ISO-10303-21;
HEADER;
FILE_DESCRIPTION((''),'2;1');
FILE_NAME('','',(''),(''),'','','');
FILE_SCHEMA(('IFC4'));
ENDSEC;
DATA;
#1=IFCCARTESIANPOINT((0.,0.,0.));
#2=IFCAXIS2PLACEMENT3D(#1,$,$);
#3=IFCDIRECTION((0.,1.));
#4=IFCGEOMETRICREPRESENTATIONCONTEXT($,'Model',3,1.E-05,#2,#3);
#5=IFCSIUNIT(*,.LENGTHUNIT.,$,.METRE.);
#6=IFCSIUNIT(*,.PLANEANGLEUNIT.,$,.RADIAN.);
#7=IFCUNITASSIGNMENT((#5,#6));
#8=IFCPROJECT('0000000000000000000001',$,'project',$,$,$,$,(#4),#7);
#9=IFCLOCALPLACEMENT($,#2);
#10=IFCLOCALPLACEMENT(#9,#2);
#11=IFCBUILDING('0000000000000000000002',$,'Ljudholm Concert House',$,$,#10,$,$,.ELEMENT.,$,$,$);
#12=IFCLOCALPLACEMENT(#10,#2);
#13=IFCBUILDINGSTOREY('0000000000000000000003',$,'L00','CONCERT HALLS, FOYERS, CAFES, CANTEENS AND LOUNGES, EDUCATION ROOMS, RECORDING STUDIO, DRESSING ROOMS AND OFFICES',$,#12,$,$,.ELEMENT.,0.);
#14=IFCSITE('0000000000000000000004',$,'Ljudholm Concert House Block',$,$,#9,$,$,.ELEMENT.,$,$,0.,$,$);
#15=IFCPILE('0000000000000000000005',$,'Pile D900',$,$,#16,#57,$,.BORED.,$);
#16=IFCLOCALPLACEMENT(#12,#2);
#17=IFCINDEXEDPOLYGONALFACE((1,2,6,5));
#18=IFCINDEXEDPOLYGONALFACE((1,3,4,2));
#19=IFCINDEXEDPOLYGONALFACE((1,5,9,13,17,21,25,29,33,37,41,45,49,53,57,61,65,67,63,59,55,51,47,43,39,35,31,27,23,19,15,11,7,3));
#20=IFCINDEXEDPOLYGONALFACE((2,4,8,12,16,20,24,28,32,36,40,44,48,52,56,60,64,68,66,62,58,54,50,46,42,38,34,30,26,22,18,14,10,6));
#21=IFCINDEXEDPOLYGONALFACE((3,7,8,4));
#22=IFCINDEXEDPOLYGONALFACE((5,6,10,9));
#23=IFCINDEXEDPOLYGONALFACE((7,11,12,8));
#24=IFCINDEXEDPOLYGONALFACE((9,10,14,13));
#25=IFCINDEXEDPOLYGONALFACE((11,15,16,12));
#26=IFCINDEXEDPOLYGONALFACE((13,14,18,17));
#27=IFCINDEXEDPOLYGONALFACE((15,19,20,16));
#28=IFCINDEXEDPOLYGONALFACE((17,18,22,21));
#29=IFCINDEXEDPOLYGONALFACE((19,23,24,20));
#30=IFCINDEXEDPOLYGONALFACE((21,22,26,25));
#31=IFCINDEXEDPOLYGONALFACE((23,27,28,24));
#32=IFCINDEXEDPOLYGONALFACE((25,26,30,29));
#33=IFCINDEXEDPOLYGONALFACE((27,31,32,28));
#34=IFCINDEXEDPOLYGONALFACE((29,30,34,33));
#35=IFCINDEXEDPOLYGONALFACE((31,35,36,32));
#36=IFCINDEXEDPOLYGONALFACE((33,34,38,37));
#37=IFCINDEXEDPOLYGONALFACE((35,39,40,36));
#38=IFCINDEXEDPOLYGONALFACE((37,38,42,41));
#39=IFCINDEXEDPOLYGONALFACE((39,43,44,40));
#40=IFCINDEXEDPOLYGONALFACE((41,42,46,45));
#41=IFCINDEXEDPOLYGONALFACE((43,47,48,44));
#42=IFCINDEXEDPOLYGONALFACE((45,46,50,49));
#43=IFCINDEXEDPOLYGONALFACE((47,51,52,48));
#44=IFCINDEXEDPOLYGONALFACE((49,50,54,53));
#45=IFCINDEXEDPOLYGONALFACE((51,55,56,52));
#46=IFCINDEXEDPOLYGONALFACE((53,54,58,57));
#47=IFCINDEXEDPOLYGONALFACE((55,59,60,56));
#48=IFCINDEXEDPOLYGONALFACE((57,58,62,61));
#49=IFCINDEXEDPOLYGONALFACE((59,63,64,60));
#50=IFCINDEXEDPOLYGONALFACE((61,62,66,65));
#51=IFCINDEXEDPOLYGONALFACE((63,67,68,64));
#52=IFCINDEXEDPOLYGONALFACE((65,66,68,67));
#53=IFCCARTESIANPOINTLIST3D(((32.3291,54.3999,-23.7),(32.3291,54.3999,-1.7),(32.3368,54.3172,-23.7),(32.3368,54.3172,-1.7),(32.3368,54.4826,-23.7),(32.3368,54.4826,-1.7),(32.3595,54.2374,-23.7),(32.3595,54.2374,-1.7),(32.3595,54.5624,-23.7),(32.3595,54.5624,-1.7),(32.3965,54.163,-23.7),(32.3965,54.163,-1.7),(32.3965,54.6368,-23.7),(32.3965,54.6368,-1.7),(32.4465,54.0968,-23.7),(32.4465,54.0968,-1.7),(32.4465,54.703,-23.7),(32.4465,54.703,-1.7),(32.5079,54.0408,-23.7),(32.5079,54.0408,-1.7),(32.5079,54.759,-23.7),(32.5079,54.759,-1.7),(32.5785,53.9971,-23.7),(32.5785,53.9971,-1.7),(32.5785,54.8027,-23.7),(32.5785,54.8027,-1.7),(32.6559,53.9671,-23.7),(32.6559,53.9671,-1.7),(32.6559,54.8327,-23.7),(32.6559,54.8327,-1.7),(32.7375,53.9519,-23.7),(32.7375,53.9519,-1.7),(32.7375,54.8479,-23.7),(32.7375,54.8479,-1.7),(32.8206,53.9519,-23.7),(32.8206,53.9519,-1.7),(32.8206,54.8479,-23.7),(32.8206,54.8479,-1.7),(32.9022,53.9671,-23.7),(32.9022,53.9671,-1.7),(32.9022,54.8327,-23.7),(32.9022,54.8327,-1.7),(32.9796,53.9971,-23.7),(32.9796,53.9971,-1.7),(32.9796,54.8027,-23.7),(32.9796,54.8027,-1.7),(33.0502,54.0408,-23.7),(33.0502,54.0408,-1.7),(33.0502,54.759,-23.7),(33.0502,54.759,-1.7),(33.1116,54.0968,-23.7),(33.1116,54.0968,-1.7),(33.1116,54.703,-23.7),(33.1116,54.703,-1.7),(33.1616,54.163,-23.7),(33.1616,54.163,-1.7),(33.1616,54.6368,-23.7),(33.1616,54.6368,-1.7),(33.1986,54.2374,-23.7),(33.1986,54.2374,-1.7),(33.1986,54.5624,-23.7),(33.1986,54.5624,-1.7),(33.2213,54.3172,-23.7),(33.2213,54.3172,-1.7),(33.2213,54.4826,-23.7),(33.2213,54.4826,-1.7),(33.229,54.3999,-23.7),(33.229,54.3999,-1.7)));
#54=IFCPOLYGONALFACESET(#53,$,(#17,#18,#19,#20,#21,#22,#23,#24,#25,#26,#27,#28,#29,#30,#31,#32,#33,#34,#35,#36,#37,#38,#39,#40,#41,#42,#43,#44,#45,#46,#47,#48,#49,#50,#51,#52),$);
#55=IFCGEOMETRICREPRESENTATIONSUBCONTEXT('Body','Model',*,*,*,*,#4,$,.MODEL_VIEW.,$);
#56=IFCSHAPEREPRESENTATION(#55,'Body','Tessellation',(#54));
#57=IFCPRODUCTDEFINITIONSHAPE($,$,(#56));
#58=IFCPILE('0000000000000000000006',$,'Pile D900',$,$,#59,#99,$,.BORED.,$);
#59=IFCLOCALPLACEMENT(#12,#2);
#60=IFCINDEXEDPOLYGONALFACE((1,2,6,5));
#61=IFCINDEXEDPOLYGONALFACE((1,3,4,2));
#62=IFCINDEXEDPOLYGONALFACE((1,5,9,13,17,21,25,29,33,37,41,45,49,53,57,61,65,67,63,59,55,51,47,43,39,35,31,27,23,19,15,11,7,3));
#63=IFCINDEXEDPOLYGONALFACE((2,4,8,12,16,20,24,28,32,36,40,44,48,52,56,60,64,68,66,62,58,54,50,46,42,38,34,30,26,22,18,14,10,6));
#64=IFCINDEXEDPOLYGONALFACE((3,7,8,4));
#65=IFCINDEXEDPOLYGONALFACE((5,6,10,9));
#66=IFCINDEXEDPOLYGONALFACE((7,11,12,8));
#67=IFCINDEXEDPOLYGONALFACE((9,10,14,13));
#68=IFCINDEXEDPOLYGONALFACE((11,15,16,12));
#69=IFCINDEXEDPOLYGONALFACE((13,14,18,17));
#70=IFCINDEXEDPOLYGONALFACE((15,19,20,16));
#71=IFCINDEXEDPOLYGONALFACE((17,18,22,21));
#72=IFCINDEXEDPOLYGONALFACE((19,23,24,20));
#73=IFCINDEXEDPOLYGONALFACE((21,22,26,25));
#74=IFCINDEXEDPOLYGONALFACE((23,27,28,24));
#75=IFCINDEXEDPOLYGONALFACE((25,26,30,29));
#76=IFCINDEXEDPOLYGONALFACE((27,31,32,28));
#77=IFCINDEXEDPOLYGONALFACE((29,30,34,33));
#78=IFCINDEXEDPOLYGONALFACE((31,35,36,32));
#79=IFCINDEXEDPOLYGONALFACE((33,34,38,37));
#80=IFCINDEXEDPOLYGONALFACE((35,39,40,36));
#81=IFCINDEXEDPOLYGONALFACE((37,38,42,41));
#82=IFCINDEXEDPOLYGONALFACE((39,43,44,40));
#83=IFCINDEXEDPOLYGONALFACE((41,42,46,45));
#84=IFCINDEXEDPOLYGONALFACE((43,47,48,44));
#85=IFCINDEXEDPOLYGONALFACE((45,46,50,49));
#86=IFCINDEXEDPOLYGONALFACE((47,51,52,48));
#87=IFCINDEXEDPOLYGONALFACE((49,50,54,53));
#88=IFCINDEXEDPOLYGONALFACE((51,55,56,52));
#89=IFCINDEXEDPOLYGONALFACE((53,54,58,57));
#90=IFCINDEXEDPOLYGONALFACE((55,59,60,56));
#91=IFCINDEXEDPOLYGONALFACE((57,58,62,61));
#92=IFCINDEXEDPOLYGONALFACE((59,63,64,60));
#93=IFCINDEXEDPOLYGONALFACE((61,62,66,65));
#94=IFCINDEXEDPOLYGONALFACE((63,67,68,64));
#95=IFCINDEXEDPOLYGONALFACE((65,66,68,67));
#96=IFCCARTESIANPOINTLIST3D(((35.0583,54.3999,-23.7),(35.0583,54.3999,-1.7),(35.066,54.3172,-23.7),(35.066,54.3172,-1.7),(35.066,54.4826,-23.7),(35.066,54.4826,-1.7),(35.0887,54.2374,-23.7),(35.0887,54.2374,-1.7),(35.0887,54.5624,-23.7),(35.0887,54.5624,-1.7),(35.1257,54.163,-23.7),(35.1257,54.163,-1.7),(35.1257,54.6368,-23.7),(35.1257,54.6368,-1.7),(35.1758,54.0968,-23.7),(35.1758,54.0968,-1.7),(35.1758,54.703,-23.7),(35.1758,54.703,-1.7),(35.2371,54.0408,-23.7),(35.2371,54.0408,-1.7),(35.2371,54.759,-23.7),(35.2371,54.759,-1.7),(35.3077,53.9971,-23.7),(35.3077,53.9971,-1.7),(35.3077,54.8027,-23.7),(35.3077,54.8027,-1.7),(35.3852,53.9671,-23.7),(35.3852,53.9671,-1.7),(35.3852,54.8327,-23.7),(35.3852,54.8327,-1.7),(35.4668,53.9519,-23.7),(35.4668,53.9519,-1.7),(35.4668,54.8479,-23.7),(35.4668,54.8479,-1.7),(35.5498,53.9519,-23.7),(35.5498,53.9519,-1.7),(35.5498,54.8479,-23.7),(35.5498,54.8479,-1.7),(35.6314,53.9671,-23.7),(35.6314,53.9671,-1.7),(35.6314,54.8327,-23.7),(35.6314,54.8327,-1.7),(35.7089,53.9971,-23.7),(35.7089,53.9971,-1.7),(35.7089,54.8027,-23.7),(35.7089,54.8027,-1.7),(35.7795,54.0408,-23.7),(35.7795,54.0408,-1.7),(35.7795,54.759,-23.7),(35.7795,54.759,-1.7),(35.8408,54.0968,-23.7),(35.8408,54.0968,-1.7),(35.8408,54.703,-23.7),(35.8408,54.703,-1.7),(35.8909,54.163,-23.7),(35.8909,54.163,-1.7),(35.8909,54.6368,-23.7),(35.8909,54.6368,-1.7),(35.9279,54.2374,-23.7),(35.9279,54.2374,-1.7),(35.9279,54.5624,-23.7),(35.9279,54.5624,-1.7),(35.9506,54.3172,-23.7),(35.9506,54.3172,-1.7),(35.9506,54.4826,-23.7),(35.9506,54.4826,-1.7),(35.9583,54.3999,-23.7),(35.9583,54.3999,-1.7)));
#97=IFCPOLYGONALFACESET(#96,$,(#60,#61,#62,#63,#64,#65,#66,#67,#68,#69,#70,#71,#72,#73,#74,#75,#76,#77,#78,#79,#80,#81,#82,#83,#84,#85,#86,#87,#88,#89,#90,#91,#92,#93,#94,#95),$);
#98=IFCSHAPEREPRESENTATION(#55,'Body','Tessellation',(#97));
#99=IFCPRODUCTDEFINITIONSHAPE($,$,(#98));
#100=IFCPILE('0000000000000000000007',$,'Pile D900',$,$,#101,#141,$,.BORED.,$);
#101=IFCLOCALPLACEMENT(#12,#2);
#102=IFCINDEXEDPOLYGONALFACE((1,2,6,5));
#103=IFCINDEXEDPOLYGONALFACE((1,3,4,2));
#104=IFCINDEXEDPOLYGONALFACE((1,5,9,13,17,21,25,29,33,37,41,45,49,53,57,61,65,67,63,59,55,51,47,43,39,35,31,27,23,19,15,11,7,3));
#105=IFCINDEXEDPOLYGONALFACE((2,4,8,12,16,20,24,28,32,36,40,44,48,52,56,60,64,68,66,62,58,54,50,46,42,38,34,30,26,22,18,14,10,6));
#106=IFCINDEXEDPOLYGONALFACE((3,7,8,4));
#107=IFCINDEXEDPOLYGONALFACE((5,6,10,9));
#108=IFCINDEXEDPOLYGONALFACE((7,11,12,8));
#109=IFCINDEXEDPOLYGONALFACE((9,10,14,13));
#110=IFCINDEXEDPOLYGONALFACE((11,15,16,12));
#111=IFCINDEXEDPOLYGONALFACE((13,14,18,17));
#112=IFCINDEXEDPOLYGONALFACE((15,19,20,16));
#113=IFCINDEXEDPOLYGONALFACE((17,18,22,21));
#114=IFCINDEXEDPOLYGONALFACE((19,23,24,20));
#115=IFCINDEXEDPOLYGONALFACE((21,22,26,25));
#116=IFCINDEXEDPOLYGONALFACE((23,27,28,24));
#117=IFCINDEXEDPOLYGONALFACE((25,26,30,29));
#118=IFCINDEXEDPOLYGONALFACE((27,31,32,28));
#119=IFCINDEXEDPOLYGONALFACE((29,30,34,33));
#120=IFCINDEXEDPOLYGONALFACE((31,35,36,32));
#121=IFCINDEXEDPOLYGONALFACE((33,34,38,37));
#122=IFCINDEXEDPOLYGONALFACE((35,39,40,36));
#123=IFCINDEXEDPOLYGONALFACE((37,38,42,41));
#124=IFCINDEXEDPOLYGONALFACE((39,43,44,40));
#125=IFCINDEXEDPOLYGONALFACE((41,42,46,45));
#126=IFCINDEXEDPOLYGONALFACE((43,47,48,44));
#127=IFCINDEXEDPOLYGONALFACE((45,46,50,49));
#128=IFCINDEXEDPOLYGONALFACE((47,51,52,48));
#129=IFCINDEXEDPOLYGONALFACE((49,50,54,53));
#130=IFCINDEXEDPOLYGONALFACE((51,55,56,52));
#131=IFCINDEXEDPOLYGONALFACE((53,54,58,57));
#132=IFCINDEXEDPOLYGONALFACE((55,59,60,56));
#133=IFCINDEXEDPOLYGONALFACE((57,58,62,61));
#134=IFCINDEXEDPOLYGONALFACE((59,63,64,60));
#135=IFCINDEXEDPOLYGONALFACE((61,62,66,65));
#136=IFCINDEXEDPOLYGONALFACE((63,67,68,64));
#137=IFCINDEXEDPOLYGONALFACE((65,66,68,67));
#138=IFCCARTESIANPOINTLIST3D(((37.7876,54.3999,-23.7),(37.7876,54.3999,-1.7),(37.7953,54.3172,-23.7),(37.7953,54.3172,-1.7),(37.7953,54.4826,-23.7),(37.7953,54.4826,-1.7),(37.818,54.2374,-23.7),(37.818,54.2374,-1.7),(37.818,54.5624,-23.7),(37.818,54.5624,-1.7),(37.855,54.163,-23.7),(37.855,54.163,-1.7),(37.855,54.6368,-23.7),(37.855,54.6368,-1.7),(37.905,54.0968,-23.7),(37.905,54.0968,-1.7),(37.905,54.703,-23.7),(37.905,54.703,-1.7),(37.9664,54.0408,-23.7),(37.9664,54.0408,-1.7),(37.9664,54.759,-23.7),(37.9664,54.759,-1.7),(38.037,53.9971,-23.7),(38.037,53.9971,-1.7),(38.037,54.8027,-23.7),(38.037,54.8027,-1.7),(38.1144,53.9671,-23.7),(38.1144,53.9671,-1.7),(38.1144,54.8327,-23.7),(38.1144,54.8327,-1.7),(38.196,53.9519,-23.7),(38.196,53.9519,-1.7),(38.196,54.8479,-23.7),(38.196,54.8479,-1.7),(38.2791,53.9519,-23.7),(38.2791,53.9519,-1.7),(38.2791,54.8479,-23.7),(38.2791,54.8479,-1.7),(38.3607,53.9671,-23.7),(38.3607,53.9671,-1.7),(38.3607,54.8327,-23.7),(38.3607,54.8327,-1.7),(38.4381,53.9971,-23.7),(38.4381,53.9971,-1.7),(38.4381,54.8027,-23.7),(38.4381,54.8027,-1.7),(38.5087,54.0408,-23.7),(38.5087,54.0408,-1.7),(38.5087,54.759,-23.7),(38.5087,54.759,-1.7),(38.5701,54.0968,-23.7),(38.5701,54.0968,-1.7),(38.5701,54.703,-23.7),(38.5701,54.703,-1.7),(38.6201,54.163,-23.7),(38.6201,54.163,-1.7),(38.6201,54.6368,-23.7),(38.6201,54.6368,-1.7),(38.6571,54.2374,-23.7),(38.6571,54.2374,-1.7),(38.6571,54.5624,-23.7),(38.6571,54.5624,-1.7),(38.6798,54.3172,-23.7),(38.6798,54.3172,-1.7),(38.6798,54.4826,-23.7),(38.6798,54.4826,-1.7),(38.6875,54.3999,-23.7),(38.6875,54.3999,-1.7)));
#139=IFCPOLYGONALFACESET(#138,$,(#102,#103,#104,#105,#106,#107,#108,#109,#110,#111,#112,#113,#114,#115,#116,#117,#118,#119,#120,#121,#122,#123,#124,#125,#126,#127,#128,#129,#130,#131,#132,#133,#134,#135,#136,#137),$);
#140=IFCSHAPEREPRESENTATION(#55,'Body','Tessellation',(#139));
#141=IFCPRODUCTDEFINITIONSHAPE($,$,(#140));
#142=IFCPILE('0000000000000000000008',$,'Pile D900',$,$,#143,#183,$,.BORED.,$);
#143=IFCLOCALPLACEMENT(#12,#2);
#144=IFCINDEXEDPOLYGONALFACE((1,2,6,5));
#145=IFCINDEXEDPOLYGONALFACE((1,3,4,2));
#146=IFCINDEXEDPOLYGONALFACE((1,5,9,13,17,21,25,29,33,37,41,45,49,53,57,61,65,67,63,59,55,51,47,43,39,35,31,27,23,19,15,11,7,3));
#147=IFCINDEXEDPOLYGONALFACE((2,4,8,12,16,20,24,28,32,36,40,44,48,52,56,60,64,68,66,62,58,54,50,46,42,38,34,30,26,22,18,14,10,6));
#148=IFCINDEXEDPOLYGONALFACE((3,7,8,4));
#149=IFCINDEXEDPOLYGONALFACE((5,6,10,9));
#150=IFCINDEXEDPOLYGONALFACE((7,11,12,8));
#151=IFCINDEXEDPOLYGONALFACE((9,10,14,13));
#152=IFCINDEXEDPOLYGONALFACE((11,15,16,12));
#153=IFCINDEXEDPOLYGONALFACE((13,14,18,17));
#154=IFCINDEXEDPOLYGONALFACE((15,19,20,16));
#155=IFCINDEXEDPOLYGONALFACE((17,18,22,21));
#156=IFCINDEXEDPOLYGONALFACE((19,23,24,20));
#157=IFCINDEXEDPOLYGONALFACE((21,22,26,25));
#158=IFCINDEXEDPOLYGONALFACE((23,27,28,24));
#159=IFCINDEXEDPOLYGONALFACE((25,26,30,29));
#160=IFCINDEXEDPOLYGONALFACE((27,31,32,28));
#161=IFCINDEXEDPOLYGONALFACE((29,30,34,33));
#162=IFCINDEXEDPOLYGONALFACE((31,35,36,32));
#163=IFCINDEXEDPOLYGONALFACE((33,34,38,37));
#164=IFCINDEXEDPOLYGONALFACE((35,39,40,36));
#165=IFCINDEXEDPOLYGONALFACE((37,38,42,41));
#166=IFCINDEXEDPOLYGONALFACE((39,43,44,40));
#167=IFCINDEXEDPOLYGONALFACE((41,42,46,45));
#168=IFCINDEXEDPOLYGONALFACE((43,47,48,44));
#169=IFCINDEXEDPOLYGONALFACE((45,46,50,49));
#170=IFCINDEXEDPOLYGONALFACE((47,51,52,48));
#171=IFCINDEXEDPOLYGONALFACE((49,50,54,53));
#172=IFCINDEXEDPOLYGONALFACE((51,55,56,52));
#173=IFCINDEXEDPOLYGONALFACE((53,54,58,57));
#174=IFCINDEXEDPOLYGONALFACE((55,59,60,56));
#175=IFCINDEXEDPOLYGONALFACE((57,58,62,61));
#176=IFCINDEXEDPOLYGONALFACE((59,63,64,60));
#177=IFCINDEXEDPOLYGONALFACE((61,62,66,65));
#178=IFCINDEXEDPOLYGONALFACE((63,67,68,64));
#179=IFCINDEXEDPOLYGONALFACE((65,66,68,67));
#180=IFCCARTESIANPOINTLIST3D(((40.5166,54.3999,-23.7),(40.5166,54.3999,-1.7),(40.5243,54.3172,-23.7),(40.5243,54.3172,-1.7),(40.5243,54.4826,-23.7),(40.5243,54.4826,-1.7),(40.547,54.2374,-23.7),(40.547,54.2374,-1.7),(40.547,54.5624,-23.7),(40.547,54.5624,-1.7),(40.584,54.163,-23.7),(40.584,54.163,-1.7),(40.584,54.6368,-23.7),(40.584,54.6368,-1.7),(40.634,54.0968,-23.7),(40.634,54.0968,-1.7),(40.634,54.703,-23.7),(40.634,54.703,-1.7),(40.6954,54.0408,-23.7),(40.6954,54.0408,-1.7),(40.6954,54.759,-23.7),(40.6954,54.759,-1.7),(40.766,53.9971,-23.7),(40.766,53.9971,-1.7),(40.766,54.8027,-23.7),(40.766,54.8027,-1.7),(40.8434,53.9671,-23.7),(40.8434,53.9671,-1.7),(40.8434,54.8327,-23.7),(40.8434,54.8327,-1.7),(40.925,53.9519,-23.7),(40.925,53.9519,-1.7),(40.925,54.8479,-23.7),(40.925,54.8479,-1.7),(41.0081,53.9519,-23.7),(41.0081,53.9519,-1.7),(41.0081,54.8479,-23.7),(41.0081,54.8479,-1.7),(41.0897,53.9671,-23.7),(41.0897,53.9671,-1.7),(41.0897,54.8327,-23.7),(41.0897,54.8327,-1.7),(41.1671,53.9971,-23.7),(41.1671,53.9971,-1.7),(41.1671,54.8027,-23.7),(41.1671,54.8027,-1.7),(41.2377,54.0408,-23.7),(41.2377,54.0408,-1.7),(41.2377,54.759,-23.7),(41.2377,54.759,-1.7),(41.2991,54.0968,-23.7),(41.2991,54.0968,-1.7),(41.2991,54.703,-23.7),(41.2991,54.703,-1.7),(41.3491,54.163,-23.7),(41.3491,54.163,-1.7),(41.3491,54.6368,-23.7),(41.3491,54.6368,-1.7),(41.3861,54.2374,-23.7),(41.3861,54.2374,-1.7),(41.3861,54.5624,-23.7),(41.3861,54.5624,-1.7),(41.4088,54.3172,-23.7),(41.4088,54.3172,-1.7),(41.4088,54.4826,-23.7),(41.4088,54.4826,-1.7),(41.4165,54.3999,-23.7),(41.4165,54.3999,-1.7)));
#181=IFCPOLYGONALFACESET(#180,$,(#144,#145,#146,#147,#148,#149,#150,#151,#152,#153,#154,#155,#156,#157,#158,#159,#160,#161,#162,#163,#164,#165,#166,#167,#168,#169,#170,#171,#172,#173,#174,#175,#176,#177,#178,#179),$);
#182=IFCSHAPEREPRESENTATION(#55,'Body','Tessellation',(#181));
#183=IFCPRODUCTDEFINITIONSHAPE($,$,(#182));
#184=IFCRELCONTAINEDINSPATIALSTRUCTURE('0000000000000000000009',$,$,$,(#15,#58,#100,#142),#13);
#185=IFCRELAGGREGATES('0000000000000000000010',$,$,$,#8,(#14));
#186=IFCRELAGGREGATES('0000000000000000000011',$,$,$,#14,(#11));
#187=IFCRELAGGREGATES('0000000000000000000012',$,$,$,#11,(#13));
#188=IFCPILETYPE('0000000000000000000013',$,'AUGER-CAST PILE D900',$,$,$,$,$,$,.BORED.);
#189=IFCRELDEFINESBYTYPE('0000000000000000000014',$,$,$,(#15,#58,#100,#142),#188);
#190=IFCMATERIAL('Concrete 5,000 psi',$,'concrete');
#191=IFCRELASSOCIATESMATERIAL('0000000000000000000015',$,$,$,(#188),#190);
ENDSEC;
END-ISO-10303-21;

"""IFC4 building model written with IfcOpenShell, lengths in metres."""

from ifc_helpers import new_model, si_unit, direction, frame, origin, origin_2d, place, context, subcontext, project, spatial, circle, extrude, material, material_profile, profile_set, type_object, element, save


model = new_model("IFC4")

# Units and contexts
model_context = context("Model", 3, precision=1e-05, world=origin(), true_north=direction((0.0, 1.0)))
body_context = subcontext(model_context, "Body", "Model", "MODEL_VIEW")
ifc_project = project(units=[si_unit("LENGTHUNIT", "METRE"), si_unit("PLANEANGLEUNIT", "RADIAN")], contexts=[model_context])

# Site, building, storey
site_placement = place(None, origin())
site = spatial("IfcSite", under=ifc_project, at=site_placement, Name="Ljudholm Concert House Block", CompositionType="ELEMENT", RefElevation=0.0)
building_placement = place(site_placement, origin())
building = spatial("IfcBuilding", under=site, at=building_placement, Name="Ljudholm Concert House", CompositionType="ELEMENT")
storey_placement = place(building_placement, origin())
storey = spatial("IfcBuildingStorey", under=building, at=storey_placement, Name="L00", Description="CONCERT HALLS, FOYERS, CAFES, CANTEENS AND LOUNGES, EDUCATION ROOMS, RECORDING STUDIO, DRESSING ROOMS AND OFFICES", CompositionType="ELEMENT", Elevation=0.0)

# Piles
ifc_material_1 = material(Name="Concrete 5,000 psi", Category="concrete")
ifc_material_profile_1 = material_profile(ifc_material_1, circle(Radius=0.45, at=origin_2d()), Name="AUGER-CAST PILE D900")
ifc_profile_set_1 = profile_set([ifc_material_profile_1], Name="Concrete 5,000 psi")
pile_type_1 = type_object("IfcPileType", Name="AUGER-CAST PILE D900", PredefinedType="BORED", material=ifc_profile_set_1)
for number, where, z_axis, x_axis, name in (
    (1, (32.7791, 54.3999, -1.7), (0.0, 0.0, -1.0), (1.0, 0.0, 0.0), "Pile D900"),
    (2, (35.5083, 54.3999, -1.7), (0.0, 0.0, -1.0), (1.0, 0.0, 0.0), "Pile D900"),
    (3, (38.2375, 54.3999, -1.7), (0.0, 0.0, -1.0), (1.0, 0.0, 0.0), "Pile D900"),
    (4, (40.9666, 54.3999, -1.7), (0.0, 0.0, -1.0), (1.0, 0.0, 0.0), "Pile D900"),
):
    element("IfcPile", number, at=place(storey_placement, frame(where, z_axis=z_axis, x_axis=x_axis)), inside=storey, type_object=pile_type_1, Name=name, PredefinedType="BORED", context=body_context, shape_type="SweptSolid", body=[
        extrude(circle(Radius=0.45, at=origin_2d()), origin(), (0.0, 0.0, 1.0), 22.0),
    ])

save(model, "model.ifc")
